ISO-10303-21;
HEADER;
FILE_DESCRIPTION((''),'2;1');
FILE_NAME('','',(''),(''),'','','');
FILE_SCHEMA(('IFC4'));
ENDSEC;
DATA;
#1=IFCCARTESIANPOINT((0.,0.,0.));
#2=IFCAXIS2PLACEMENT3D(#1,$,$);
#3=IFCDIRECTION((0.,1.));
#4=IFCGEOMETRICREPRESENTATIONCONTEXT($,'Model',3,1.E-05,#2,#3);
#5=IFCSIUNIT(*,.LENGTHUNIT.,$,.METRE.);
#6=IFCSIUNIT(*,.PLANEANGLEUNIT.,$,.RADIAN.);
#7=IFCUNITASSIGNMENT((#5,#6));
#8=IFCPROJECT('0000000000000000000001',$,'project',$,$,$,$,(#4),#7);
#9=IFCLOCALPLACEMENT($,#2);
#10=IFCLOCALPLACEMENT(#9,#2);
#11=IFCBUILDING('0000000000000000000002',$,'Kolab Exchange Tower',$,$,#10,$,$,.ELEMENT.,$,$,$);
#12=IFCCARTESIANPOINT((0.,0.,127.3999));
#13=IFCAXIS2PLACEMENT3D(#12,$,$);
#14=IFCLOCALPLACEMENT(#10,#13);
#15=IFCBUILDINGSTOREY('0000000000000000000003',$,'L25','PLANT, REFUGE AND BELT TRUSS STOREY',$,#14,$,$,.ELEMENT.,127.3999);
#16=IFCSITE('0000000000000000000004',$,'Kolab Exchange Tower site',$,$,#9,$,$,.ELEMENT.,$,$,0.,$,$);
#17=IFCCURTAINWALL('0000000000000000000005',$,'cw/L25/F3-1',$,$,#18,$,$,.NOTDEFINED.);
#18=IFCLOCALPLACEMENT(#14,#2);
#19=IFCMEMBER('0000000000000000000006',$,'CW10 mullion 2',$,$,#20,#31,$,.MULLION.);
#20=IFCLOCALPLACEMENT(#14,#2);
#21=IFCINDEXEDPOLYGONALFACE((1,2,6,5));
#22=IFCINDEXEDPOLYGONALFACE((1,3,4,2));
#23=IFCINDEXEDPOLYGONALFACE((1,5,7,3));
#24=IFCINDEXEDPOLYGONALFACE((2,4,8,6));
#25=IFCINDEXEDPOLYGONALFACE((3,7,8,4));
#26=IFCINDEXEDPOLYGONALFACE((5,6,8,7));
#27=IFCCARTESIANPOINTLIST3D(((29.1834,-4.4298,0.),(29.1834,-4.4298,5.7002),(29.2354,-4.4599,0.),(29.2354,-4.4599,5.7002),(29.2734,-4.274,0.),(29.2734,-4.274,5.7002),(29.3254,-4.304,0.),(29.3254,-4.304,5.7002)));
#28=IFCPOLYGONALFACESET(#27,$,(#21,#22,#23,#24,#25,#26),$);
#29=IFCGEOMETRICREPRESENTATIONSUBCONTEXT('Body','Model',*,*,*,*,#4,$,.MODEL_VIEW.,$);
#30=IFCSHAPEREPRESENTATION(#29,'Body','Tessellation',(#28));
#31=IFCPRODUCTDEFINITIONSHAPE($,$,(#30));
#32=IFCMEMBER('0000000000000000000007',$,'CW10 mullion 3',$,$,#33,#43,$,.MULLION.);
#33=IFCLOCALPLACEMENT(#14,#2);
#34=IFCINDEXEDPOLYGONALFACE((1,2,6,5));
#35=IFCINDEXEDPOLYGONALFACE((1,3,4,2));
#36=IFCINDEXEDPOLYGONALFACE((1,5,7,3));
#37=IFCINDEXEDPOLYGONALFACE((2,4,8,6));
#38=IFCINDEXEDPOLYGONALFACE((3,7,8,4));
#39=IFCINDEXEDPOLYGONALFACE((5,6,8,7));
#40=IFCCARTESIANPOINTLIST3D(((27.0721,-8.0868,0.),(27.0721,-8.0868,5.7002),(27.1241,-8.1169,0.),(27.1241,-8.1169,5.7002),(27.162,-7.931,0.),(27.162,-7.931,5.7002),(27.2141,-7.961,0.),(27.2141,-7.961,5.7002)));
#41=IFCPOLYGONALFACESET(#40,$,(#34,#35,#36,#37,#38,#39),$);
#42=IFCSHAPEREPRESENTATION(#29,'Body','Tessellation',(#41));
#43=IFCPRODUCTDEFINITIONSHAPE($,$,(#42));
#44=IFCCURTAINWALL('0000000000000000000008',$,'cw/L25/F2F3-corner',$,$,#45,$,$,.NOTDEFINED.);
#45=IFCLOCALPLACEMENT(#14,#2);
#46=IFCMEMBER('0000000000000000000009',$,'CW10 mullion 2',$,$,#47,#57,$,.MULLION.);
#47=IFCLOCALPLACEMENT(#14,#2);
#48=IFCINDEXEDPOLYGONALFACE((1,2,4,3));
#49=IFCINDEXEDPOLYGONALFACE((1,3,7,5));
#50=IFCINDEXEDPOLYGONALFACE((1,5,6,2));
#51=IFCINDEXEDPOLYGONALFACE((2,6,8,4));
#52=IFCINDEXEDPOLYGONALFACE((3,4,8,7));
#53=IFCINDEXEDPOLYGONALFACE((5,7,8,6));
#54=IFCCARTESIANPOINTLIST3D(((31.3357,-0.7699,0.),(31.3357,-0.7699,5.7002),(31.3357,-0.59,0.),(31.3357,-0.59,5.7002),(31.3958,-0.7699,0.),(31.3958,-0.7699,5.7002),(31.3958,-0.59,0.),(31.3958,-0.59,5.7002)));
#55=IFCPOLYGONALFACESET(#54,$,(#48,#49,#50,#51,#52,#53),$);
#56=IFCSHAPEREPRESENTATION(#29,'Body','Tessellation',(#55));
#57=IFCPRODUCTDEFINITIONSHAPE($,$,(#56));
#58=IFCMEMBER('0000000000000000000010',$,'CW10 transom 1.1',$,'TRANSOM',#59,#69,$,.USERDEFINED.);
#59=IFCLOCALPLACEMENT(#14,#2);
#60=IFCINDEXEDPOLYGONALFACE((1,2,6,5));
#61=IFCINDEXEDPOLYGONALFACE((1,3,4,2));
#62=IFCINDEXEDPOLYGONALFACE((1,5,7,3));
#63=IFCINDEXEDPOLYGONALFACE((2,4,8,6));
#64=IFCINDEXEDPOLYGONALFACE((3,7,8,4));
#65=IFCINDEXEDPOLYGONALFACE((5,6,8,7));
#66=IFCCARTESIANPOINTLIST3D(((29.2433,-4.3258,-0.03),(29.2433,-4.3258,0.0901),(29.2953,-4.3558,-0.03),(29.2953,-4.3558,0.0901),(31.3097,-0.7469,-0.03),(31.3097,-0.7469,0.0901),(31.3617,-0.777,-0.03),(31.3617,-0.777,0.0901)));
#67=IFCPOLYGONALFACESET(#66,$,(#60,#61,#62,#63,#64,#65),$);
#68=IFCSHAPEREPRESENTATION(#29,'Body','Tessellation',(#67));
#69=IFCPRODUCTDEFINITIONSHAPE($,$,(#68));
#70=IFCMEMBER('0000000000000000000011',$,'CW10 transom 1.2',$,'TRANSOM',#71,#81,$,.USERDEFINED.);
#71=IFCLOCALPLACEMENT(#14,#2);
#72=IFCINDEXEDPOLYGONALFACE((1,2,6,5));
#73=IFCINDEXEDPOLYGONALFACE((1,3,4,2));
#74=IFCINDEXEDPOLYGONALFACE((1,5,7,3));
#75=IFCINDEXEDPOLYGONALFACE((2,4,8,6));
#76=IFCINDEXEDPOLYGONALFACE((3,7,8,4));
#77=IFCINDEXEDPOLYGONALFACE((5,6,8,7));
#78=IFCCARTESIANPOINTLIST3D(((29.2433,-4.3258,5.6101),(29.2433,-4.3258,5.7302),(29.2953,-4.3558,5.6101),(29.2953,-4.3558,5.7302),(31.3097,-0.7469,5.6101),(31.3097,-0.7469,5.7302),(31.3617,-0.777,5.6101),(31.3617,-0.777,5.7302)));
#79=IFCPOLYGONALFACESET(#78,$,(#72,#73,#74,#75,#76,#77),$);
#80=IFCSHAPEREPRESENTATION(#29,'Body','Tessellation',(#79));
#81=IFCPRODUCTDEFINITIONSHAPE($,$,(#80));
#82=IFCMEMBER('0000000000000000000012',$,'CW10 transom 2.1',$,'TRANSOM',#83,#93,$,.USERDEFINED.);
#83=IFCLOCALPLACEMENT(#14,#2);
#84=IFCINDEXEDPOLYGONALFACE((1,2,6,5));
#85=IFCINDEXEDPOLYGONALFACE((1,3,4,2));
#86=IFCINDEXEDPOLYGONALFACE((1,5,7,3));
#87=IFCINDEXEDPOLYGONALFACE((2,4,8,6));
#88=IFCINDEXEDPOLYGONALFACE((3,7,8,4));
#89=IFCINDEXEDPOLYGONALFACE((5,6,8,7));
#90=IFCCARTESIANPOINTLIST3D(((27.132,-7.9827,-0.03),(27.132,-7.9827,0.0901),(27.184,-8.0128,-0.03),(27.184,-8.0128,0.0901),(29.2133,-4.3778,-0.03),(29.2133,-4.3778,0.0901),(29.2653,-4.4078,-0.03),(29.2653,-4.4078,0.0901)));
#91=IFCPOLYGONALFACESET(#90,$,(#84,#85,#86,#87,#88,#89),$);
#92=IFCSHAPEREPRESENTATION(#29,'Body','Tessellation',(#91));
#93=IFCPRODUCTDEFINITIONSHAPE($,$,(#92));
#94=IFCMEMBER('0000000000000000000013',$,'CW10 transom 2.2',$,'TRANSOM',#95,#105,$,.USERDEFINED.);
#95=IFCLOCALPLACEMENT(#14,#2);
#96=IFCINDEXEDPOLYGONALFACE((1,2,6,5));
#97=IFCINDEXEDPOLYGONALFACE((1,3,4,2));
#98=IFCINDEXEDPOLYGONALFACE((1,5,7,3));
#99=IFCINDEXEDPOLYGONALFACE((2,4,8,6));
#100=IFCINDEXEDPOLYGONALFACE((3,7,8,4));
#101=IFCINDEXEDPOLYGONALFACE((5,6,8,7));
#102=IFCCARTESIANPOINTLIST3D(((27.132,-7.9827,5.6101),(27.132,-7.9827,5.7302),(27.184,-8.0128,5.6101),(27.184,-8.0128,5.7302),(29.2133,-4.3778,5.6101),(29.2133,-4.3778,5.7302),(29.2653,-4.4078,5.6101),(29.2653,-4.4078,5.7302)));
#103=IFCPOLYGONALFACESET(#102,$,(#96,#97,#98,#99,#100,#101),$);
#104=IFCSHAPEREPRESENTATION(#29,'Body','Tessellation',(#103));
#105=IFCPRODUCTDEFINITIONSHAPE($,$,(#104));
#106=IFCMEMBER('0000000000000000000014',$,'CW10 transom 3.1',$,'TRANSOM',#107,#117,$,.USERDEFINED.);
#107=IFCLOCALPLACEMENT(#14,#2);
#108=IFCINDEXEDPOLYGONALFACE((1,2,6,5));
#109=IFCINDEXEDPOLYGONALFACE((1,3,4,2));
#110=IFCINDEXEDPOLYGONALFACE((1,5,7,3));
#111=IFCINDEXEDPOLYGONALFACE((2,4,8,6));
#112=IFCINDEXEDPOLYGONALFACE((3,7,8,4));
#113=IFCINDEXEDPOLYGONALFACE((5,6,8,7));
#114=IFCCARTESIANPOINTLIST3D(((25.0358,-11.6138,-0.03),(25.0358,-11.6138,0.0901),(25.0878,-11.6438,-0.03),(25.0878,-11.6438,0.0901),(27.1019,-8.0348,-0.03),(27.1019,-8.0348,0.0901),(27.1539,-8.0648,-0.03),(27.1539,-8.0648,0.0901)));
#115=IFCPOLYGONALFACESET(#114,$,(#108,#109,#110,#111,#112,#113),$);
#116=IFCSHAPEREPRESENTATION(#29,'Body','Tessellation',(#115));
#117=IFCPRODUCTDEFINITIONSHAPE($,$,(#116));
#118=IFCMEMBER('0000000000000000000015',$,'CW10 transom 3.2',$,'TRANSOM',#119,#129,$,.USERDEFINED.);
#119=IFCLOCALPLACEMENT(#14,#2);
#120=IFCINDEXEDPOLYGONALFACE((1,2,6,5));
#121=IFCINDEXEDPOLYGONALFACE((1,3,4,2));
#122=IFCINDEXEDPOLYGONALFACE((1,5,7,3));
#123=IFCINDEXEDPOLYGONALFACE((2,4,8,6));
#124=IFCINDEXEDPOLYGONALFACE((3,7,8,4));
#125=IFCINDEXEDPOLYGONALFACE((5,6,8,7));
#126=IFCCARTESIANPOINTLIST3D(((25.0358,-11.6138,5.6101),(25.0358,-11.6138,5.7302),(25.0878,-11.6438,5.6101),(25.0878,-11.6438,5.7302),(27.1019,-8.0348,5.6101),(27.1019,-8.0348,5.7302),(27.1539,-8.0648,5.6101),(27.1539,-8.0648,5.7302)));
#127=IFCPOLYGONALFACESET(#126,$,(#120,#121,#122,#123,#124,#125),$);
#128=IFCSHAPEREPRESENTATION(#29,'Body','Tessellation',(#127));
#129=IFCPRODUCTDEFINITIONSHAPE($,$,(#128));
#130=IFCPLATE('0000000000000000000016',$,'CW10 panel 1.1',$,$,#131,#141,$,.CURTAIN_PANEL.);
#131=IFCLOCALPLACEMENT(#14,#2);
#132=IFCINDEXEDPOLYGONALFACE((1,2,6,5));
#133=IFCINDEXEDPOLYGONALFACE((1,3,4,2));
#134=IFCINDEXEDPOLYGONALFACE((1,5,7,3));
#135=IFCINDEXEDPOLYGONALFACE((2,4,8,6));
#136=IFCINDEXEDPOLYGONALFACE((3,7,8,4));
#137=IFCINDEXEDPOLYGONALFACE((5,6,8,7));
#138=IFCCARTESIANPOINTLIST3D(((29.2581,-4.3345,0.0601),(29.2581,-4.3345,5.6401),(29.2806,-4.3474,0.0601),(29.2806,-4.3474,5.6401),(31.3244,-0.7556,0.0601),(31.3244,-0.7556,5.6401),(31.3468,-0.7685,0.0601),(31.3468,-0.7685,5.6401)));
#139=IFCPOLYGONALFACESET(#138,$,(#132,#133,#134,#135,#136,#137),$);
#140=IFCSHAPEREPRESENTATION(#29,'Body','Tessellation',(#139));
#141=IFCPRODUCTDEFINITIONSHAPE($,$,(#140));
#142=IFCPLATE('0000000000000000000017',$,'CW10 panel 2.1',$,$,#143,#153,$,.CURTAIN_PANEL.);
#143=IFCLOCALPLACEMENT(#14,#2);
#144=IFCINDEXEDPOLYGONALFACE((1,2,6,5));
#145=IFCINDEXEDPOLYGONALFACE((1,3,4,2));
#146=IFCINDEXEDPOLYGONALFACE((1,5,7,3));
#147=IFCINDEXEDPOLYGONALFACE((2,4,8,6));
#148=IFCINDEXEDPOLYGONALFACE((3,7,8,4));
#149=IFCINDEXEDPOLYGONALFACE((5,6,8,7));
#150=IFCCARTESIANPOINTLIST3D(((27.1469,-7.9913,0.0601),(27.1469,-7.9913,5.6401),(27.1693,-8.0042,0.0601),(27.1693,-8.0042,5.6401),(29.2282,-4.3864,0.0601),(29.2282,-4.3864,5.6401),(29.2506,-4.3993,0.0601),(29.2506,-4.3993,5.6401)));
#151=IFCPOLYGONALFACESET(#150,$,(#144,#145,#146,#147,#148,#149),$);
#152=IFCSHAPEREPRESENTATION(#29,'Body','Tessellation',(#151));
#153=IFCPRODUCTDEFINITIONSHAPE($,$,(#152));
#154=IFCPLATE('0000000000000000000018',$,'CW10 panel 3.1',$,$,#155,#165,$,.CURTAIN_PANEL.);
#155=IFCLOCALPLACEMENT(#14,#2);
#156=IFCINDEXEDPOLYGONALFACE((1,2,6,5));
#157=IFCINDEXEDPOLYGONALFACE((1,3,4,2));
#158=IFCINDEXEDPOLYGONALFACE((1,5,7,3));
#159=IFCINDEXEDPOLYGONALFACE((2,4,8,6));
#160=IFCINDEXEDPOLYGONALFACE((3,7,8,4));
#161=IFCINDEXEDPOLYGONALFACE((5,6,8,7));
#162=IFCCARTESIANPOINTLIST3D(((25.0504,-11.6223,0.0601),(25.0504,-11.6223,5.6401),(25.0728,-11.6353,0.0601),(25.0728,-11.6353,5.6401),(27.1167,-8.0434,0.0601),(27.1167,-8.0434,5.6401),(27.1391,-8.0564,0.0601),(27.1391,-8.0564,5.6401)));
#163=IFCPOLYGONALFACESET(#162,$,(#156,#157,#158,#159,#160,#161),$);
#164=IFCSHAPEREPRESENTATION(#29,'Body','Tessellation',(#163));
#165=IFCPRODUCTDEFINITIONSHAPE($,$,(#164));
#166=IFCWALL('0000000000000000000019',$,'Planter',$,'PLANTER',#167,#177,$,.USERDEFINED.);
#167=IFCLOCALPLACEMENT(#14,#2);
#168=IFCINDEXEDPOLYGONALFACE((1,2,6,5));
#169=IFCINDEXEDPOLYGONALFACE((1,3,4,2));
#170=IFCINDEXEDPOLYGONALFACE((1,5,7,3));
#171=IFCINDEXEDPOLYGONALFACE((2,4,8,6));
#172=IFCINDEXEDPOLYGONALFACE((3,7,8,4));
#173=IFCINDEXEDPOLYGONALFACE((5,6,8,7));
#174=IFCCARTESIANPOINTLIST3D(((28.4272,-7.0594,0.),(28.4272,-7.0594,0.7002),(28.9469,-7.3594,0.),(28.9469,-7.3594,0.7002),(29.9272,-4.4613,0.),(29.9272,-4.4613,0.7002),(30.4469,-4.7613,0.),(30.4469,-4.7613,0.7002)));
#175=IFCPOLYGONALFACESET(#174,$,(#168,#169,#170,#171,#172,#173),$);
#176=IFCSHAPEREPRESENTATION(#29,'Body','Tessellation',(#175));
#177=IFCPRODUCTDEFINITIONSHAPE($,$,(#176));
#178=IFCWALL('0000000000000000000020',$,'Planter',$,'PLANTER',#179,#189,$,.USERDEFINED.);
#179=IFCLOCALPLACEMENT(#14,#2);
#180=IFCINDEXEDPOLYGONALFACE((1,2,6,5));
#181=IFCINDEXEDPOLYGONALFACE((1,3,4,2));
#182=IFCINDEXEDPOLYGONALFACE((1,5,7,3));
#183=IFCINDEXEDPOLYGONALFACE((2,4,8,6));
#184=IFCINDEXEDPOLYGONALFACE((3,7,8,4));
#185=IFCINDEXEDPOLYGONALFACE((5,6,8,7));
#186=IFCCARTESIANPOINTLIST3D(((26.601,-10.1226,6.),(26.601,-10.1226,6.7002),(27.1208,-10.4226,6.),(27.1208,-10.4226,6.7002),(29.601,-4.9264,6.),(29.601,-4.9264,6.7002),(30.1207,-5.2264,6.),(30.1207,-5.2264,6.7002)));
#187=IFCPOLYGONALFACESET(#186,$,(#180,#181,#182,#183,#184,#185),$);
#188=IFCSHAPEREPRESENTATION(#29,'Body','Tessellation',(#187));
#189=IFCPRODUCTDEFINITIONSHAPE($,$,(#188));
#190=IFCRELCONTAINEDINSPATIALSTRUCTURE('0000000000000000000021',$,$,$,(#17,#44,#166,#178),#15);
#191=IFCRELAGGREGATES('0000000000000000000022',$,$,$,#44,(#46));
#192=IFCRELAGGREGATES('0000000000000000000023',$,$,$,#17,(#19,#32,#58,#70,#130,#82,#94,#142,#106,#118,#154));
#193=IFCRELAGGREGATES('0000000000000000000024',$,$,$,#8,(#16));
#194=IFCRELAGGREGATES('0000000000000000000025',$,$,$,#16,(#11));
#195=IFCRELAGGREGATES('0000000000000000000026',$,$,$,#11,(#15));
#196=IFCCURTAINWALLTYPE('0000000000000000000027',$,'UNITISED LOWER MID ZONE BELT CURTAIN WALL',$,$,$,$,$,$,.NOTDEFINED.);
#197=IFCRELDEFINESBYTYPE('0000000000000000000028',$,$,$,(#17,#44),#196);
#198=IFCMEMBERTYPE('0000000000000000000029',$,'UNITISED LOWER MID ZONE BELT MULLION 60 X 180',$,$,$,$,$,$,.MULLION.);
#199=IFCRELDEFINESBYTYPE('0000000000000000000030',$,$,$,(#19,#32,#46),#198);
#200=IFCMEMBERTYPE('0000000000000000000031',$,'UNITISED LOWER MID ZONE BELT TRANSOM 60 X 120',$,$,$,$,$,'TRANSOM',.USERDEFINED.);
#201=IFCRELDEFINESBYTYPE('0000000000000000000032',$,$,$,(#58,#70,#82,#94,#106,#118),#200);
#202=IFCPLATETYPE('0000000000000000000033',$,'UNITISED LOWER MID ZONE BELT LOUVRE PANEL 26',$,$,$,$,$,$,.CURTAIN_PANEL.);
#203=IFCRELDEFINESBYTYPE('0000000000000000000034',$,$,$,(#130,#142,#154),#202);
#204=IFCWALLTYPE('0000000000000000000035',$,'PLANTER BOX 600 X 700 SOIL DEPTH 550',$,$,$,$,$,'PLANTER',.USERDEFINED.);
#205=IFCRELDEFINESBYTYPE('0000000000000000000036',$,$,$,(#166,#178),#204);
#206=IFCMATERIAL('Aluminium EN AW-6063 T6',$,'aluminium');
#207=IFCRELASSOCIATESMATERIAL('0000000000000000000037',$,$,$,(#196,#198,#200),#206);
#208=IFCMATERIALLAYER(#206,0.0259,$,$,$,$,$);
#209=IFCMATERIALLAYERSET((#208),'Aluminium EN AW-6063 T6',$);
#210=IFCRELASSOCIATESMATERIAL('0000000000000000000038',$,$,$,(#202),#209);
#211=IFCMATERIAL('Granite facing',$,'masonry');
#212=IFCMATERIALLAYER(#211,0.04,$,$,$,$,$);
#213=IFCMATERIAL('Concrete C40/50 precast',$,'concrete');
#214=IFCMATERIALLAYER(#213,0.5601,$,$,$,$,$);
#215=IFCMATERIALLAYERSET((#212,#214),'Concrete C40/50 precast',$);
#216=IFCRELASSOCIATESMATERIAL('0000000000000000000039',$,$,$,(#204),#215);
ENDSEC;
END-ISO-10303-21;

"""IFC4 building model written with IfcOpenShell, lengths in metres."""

from ifc_helpers import new_model, si_unit, direction, frame, frame_2d, origin, origin_2d, place, context, subcontext, project, spatial, rectangle, extrude, material, layer, layer_set, material_profile, profile_set, type_object, element, aggregate, save


model = new_model("IFC4")

# Units and contexts
model_context = context("Model", 3, precision=1e-05, world=origin(), true_north=direction((0.0, 1.0)))
body_context = subcontext(model_context, "Body", "Model", "MODEL_VIEW")
ifc_project = project(units=[si_unit("LENGTHUNIT", "METRE"), si_unit("PLANEANGLEUNIT", "RADIAN")], contexts=[model_context])

# Site, building, storey
site_placement = place(None, origin())
site = spatial("IfcSite", under=ifc_project, at=site_placement, Name="Kolab Exchange Tower site", CompositionType="ELEMENT", RefElevation=0.0)
building_placement = place(site_placement, origin())
building = spatial("IfcBuilding", under=site, at=building_placement, Name="Kolab Exchange Tower", CompositionType="ELEMENT")
storey_placement = place(building_placement, frame((0.0, 0.0, 127.3999)))
storey = spatial("IfcBuildingStorey", under=building, at=storey_placement, Name="L25", Description="PLANT, REFUGE AND BELT TRUSS STOREY", CompositionType="ELEMENT", Elevation=127.3999)

# Curtain wall, members
ifc_material_1 = material(Name="Aluminium EN AW-6063 T6", Category="aluminium")
curtain_wall_type = type_object("IfcCurtainWallType", Name="UNITISED LOWER MID ZONE BELT CURTAIN WALL", PredefinedType="NOTDEFINED", material=ifc_material_1)
curtain_wall_1_placement = place(storey_placement, origin())
curtain_wall_1 = element("IfcCurtainWall", 1, at=curtain_wall_1_placement, inside=storey, type_object=curtain_wall_type, Name="cw/L25/F3-1", PredefinedType="NOTDEFINED")
ifc_material_profile_1 = material_profile(ifc_material_1, rectangle(XDim=0.0601, YDim=0.1799, at=origin_2d()), Name="RECT 60X180")
ifc_profile_set_1 = profile_set([ifc_material_profile_1], Name="Aluminium EN AW-6063 T6")
member_type_1 = type_object("IfcMemberType", Name="UNITISED LOWER MID ZONE BELT MULLION 60 X 180", PredefinedType="MULLION", material=ifc_profile_set_1)
member_1_placement = place(storey_placement, frame((29.2544, -4.3669, 0.0), z_axis=(0.0, 0.0, 1.0), x_axis=(0.866025, -0.5, 0.0)))
member_1 = element("IfcMember", 2, at=member_1_placement, type_object=member_type_1, Name="CW10 mullion 2", PredefinedType="MULLION", context=body_context, shape_type="SweptSolid", body=[
    extrude(rectangle(XDim=0.0601, YDim=0.1799, at=origin_2d()), origin(), (0.0, 0.0, 1.0), 5.7002),
])
member_2_placement = place(storey_placement, frame((27.1431, -8.0239, 0.0), z_axis=(0.0, 0.0, 1.0), x_axis=(0.866025, -0.5, 0.0)))
member_2 = element("IfcMember", 3, at=member_2_placement, type_object=member_type_1, Name="CW10 mullion 3", PredefinedType="MULLION", context=body_context, shape_type="SweptSolid", body=[
    extrude(rectangle(XDim=0.0601, YDim=0.1799, at=origin_2d()), origin(), (0.0, 0.0, 1.0), 5.7002),
])

# Curtain wall, member
curtain_wall_2_placement = place(storey_placement, origin())
curtain_wall_2 = element("IfcCurtainWall", 4, at=curtain_wall_2_placement, inside=storey, type_object=curtain_wall_type, Name="cw/L25/F2F3-corner", PredefinedType="NOTDEFINED")
member_3_placement = place(storey_placement, frame((31.3657, -0.6799, 0.0), z_axis=(0.0, 0.0, 1.0), x_axis=(1.0, 0.0, 0.0)))
member_3 = element("IfcMember", 5, at=member_3_placement, type_object=member_type_1, Name="CW10 mullion 2", PredefinedType="MULLION", context=body_context, shape_type="SweptSolid", body=[
    extrude(rectangle(XDim=0.0601, YDim=0.1799, at=origin_2d()), origin(), (0.0, 0.0, 1.0), 5.7002),
])
aggregate(curtain_wall_2, [member_3])

# Members
ifc_material_profile_2 = material_profile(ifc_material_1, rectangle(XDim=0.0601, YDim=0.1201, at=origin_2d()), Name="RECT 60X120")
ifc_profile_set_2 = profile_set([ifc_material_profile_2], Name="Aluminium EN AW-6063 T6")
member_type_2 = type_object("IfcMemberType", Name="UNITISED LOWER MID ZONE BELT TRANSOM 60 X 120", ElementType="TRANSOM", PredefinedType="USERDEFINED", material=ifc_profile_set_2)
member_4_placement = place(storey_placement, frame((31.3357, -0.762, 0.03), z_axis=(-0.500028, -0.866009, 0.0), x_axis=(0.866009, -0.500028, 0.0)))
member_4 = element("IfcMember", 6, at=member_4_placement, type_object=member_type_2, Name="CW10 transom 1.1", ObjectType="TRANSOM", PredefinedType="USERDEFINED", context=body_context, shape_type="SweptSolid", body=[
    extrude(rectangle(XDim=0.0601, YDim=0.1201, at=origin_2d()), origin(), (0.0, 0.0, 1.0), 4.1326),
])
member_5_placement = place(storey_placement, frame((31.3357, -0.762, 5.6702), z_axis=(-0.500028, -0.866009, 0.0), x_axis=(0.866009, -0.500028, 0.0)))
member_5 = element("IfcMember", 7, at=member_5_placement, type_object=member_type_2, Name="CW10 transom 1.2", ObjectType="TRANSOM", PredefinedType="USERDEFINED", context=body_context, shape_type="SweptSolid", body=[
    extrude(rectangle(XDim=0.0601, YDim=0.1201, at=origin_2d()), origin(), (0.0, 0.0, 1.0), 4.1326),
])
member_6_placement = place(storey_placement, frame((29.2393, -4.3928, 0.03), z_axis=(-0.499993, -0.866029, 0.0), x_axis=(0.866029, -0.499993, 0.0)))
member_6 = element("IfcMember", 8, at=member_6_placement, type_object=member_type_2, Name="CW10 transom 2.1", ObjectType="TRANSOM", PredefinedType="USERDEFINED", context=body_context, shape_type="SweptSolid", body=[
    extrude(rectangle(XDim=0.0601, YDim=0.1201, at=origin_2d()), origin(), (0.0, 0.0, 1.0), 4.1626),
])
member_7_placement = place(storey_placement, frame((29.2393, -4.3928, 5.6702), z_axis=(-0.499993, -0.866029, 0.0), x_axis=(0.866029, -0.499993, 0.0)))
member_7 = element("IfcMember", 9, at=member_7_placement, type_object=member_type_2, Name="CW10 transom 2.2", ObjectType="TRANSOM", PredefinedType="USERDEFINED", context=body_context, shape_type="SweptSolid", body=[
    extrude(rectangle(XDim=0.0601, YDim=0.1201, at=origin_2d()), origin(), (0.0, 0.0, 1.0), 4.1626),
])
member_8_placement = place(storey_placement, frame((27.1279, -8.0498, 0.03), z_axis=(-0.499958, -0.86605, 0.0), x_axis=(0.86605, -0.499958, 0.0)))
member_8 = element("IfcMember", 10, at=member_8_placement, type_object=member_type_2, Name="CW10 transom 3.1", ObjectType="TRANSOM", PredefinedType="USERDEFINED", context=body_context, shape_type="SweptSolid", body=[
    extrude(rectangle(XDim=0.0601, YDim=0.1201, at=origin_2d()), origin(), (0.0, 0.0, 1.0), 4.1326),
])
member_9_placement = place(storey_placement, frame((27.1279, -8.0498, 5.6702), z_axis=(-0.499958, -0.86605, 0.0), x_axis=(0.86605, -0.499958, 0.0)))
member_9 = element("IfcMember", 11, at=member_9_placement, type_object=member_type_2, Name="CW10 transom 3.2", ObjectType="TRANSOM", PredefinedType="USERDEFINED", context=body_context, shape_type="SweptSolid", body=[
    extrude(rectangle(XDim=0.0601, YDim=0.1201, at=origin_2d()), origin(), (0.0, 0.0, 1.0), 4.1326),
])

# Plates
ifc_layer_1 = layer(ifc_material_1, 0.0259)
ifc_layer_set_1 = layer_set([ifc_layer_1], Name="Aluminium EN AW-6063 T6")
plate_type = type_object("IfcPlateType", Name="UNITISED LOWER MID ZONE BELT LOUVRE PANEL 26", PredefinedType="CURTAIN_PANEL", material=ifc_layer_set_1)
plate_1_placement = place(storey_placement, frame((30.3025, -2.5515, 0.0601), z_axis=(0.0, 0.0, 1.0), x_axis=(-0.5, -0.866025, 0.0)))
plate_1 = element("IfcPlate", 12, at=plate_1_placement, type_object=plate_type, Name="CW10 panel 1.1", PredefinedType="CURTAIN_PANEL", context=body_context, shape_type="SweptSolid", body=[
    extrude(rectangle(XDim=4.1326, YDim=0.0259, at=origin_2d()), origin(), (0.0, 0.0, 1.0), 5.5801),
])
plate_2_placement = place(storey_placement, frame((28.1987, -6.1953, 0.0601), z_axis=(0.0, 0.0, 1.0), x_axis=(-0.5, -0.866025, 0.0)))
plate_2 = element("IfcPlate", 13, at=plate_2_placement, type_object=plate_type, Name="CW10 panel 2.1", PredefinedType="CURTAIN_PANEL", context=body_context, shape_type="SweptSolid", body=[
    extrude(rectangle(XDim=4.1626, YDim=0.0259, at=origin_2d()), origin(), (0.0, 0.0, 1.0), 5.5801),
])
plate_3_placement = place(storey_placement, frame((26.0947, -9.8394, 0.0601), z_axis=(0.0, 0.0, 1.0), x_axis=(-0.5, -0.866025, 0.0)))
plate_3 = element("IfcPlate", 14, at=plate_3_placement, type_object=plate_type, Name="CW10 panel 3.1", PredefinedType="CURTAIN_PANEL", context=body_context, shape_type="SweptSolid", body=[
    extrude(rectangle(XDim=4.1326, YDim=0.0259, at=origin_2d()), origin(), (0.0, 0.0, 1.0), 5.5801),
])
aggregate(curtain_wall_1, [member_1, member_2, member_4, member_5, plate_1, member_6, member_7, plate_2, member_8, member_9, plate_3])

# Walls
ifc_material_2 = material(Name="Granite facing", Category="masonry")
ifc_layer_2 = layer(ifc_material_2, 0.04)
ifc_material_3 = material(Name="Concrete C40/50 precast", Category="concrete")
ifc_layer_3 = layer(ifc_material_3, 0.5601)
ifc_layer_set_2 = layer_set([ifc_layer_2, ifc_layer_3], Name="Concrete C40/50 precast")
wall_type = type_object("IfcWallType", Name="PLANTER BOX 600 X 700 SOIL DEPTH 550", ElementType="PLANTER", PredefinedType="USERDEFINED", material=ifc_layer_set_2)
wall_1_placement = place(storey_placement, frame((30.187, -4.6113, 0.0), z_axis=(0.0, 0.0, 1.0), x_axis=(-0.49999, -0.866031, 0.0)))
element("IfcWall", 15, at=wall_1_placement, inside=storey, type_object=wall_type, Name="Planter", ObjectType="PLANTER", PredefinedType="USERDEFINED", context=body_context, shape_type="SweptSolid", body=[
    extrude(rectangle(XDim=3.0, YDim=0.6001, at=frame_2d((1.5, 0.0))), origin(), (0.0, 0.0, 1.0), 0.7002),
])
wall_2_placement = place(storey_placement, frame((29.8608, -5.0764, 6.0), z_axis=(0.0, 0.0, 1.0), x_axis=(-0.49999, -0.866031, 0.0)))
element("IfcWall", 16, at=wall_2_placement, inside=storey, type_object=wall_type, Name="Planter", ObjectType="PLANTER", PredefinedType="USERDEFINED", context=body_context, shape_type="SweptSolid", body=[
    extrude(rectangle(XDim=6.0, YDim=0.6001, at=frame_2d((3.0, 0.0))), origin(), (0.0, 0.0, 1.0), 0.7002),
])

save(model, "model.ifc")
